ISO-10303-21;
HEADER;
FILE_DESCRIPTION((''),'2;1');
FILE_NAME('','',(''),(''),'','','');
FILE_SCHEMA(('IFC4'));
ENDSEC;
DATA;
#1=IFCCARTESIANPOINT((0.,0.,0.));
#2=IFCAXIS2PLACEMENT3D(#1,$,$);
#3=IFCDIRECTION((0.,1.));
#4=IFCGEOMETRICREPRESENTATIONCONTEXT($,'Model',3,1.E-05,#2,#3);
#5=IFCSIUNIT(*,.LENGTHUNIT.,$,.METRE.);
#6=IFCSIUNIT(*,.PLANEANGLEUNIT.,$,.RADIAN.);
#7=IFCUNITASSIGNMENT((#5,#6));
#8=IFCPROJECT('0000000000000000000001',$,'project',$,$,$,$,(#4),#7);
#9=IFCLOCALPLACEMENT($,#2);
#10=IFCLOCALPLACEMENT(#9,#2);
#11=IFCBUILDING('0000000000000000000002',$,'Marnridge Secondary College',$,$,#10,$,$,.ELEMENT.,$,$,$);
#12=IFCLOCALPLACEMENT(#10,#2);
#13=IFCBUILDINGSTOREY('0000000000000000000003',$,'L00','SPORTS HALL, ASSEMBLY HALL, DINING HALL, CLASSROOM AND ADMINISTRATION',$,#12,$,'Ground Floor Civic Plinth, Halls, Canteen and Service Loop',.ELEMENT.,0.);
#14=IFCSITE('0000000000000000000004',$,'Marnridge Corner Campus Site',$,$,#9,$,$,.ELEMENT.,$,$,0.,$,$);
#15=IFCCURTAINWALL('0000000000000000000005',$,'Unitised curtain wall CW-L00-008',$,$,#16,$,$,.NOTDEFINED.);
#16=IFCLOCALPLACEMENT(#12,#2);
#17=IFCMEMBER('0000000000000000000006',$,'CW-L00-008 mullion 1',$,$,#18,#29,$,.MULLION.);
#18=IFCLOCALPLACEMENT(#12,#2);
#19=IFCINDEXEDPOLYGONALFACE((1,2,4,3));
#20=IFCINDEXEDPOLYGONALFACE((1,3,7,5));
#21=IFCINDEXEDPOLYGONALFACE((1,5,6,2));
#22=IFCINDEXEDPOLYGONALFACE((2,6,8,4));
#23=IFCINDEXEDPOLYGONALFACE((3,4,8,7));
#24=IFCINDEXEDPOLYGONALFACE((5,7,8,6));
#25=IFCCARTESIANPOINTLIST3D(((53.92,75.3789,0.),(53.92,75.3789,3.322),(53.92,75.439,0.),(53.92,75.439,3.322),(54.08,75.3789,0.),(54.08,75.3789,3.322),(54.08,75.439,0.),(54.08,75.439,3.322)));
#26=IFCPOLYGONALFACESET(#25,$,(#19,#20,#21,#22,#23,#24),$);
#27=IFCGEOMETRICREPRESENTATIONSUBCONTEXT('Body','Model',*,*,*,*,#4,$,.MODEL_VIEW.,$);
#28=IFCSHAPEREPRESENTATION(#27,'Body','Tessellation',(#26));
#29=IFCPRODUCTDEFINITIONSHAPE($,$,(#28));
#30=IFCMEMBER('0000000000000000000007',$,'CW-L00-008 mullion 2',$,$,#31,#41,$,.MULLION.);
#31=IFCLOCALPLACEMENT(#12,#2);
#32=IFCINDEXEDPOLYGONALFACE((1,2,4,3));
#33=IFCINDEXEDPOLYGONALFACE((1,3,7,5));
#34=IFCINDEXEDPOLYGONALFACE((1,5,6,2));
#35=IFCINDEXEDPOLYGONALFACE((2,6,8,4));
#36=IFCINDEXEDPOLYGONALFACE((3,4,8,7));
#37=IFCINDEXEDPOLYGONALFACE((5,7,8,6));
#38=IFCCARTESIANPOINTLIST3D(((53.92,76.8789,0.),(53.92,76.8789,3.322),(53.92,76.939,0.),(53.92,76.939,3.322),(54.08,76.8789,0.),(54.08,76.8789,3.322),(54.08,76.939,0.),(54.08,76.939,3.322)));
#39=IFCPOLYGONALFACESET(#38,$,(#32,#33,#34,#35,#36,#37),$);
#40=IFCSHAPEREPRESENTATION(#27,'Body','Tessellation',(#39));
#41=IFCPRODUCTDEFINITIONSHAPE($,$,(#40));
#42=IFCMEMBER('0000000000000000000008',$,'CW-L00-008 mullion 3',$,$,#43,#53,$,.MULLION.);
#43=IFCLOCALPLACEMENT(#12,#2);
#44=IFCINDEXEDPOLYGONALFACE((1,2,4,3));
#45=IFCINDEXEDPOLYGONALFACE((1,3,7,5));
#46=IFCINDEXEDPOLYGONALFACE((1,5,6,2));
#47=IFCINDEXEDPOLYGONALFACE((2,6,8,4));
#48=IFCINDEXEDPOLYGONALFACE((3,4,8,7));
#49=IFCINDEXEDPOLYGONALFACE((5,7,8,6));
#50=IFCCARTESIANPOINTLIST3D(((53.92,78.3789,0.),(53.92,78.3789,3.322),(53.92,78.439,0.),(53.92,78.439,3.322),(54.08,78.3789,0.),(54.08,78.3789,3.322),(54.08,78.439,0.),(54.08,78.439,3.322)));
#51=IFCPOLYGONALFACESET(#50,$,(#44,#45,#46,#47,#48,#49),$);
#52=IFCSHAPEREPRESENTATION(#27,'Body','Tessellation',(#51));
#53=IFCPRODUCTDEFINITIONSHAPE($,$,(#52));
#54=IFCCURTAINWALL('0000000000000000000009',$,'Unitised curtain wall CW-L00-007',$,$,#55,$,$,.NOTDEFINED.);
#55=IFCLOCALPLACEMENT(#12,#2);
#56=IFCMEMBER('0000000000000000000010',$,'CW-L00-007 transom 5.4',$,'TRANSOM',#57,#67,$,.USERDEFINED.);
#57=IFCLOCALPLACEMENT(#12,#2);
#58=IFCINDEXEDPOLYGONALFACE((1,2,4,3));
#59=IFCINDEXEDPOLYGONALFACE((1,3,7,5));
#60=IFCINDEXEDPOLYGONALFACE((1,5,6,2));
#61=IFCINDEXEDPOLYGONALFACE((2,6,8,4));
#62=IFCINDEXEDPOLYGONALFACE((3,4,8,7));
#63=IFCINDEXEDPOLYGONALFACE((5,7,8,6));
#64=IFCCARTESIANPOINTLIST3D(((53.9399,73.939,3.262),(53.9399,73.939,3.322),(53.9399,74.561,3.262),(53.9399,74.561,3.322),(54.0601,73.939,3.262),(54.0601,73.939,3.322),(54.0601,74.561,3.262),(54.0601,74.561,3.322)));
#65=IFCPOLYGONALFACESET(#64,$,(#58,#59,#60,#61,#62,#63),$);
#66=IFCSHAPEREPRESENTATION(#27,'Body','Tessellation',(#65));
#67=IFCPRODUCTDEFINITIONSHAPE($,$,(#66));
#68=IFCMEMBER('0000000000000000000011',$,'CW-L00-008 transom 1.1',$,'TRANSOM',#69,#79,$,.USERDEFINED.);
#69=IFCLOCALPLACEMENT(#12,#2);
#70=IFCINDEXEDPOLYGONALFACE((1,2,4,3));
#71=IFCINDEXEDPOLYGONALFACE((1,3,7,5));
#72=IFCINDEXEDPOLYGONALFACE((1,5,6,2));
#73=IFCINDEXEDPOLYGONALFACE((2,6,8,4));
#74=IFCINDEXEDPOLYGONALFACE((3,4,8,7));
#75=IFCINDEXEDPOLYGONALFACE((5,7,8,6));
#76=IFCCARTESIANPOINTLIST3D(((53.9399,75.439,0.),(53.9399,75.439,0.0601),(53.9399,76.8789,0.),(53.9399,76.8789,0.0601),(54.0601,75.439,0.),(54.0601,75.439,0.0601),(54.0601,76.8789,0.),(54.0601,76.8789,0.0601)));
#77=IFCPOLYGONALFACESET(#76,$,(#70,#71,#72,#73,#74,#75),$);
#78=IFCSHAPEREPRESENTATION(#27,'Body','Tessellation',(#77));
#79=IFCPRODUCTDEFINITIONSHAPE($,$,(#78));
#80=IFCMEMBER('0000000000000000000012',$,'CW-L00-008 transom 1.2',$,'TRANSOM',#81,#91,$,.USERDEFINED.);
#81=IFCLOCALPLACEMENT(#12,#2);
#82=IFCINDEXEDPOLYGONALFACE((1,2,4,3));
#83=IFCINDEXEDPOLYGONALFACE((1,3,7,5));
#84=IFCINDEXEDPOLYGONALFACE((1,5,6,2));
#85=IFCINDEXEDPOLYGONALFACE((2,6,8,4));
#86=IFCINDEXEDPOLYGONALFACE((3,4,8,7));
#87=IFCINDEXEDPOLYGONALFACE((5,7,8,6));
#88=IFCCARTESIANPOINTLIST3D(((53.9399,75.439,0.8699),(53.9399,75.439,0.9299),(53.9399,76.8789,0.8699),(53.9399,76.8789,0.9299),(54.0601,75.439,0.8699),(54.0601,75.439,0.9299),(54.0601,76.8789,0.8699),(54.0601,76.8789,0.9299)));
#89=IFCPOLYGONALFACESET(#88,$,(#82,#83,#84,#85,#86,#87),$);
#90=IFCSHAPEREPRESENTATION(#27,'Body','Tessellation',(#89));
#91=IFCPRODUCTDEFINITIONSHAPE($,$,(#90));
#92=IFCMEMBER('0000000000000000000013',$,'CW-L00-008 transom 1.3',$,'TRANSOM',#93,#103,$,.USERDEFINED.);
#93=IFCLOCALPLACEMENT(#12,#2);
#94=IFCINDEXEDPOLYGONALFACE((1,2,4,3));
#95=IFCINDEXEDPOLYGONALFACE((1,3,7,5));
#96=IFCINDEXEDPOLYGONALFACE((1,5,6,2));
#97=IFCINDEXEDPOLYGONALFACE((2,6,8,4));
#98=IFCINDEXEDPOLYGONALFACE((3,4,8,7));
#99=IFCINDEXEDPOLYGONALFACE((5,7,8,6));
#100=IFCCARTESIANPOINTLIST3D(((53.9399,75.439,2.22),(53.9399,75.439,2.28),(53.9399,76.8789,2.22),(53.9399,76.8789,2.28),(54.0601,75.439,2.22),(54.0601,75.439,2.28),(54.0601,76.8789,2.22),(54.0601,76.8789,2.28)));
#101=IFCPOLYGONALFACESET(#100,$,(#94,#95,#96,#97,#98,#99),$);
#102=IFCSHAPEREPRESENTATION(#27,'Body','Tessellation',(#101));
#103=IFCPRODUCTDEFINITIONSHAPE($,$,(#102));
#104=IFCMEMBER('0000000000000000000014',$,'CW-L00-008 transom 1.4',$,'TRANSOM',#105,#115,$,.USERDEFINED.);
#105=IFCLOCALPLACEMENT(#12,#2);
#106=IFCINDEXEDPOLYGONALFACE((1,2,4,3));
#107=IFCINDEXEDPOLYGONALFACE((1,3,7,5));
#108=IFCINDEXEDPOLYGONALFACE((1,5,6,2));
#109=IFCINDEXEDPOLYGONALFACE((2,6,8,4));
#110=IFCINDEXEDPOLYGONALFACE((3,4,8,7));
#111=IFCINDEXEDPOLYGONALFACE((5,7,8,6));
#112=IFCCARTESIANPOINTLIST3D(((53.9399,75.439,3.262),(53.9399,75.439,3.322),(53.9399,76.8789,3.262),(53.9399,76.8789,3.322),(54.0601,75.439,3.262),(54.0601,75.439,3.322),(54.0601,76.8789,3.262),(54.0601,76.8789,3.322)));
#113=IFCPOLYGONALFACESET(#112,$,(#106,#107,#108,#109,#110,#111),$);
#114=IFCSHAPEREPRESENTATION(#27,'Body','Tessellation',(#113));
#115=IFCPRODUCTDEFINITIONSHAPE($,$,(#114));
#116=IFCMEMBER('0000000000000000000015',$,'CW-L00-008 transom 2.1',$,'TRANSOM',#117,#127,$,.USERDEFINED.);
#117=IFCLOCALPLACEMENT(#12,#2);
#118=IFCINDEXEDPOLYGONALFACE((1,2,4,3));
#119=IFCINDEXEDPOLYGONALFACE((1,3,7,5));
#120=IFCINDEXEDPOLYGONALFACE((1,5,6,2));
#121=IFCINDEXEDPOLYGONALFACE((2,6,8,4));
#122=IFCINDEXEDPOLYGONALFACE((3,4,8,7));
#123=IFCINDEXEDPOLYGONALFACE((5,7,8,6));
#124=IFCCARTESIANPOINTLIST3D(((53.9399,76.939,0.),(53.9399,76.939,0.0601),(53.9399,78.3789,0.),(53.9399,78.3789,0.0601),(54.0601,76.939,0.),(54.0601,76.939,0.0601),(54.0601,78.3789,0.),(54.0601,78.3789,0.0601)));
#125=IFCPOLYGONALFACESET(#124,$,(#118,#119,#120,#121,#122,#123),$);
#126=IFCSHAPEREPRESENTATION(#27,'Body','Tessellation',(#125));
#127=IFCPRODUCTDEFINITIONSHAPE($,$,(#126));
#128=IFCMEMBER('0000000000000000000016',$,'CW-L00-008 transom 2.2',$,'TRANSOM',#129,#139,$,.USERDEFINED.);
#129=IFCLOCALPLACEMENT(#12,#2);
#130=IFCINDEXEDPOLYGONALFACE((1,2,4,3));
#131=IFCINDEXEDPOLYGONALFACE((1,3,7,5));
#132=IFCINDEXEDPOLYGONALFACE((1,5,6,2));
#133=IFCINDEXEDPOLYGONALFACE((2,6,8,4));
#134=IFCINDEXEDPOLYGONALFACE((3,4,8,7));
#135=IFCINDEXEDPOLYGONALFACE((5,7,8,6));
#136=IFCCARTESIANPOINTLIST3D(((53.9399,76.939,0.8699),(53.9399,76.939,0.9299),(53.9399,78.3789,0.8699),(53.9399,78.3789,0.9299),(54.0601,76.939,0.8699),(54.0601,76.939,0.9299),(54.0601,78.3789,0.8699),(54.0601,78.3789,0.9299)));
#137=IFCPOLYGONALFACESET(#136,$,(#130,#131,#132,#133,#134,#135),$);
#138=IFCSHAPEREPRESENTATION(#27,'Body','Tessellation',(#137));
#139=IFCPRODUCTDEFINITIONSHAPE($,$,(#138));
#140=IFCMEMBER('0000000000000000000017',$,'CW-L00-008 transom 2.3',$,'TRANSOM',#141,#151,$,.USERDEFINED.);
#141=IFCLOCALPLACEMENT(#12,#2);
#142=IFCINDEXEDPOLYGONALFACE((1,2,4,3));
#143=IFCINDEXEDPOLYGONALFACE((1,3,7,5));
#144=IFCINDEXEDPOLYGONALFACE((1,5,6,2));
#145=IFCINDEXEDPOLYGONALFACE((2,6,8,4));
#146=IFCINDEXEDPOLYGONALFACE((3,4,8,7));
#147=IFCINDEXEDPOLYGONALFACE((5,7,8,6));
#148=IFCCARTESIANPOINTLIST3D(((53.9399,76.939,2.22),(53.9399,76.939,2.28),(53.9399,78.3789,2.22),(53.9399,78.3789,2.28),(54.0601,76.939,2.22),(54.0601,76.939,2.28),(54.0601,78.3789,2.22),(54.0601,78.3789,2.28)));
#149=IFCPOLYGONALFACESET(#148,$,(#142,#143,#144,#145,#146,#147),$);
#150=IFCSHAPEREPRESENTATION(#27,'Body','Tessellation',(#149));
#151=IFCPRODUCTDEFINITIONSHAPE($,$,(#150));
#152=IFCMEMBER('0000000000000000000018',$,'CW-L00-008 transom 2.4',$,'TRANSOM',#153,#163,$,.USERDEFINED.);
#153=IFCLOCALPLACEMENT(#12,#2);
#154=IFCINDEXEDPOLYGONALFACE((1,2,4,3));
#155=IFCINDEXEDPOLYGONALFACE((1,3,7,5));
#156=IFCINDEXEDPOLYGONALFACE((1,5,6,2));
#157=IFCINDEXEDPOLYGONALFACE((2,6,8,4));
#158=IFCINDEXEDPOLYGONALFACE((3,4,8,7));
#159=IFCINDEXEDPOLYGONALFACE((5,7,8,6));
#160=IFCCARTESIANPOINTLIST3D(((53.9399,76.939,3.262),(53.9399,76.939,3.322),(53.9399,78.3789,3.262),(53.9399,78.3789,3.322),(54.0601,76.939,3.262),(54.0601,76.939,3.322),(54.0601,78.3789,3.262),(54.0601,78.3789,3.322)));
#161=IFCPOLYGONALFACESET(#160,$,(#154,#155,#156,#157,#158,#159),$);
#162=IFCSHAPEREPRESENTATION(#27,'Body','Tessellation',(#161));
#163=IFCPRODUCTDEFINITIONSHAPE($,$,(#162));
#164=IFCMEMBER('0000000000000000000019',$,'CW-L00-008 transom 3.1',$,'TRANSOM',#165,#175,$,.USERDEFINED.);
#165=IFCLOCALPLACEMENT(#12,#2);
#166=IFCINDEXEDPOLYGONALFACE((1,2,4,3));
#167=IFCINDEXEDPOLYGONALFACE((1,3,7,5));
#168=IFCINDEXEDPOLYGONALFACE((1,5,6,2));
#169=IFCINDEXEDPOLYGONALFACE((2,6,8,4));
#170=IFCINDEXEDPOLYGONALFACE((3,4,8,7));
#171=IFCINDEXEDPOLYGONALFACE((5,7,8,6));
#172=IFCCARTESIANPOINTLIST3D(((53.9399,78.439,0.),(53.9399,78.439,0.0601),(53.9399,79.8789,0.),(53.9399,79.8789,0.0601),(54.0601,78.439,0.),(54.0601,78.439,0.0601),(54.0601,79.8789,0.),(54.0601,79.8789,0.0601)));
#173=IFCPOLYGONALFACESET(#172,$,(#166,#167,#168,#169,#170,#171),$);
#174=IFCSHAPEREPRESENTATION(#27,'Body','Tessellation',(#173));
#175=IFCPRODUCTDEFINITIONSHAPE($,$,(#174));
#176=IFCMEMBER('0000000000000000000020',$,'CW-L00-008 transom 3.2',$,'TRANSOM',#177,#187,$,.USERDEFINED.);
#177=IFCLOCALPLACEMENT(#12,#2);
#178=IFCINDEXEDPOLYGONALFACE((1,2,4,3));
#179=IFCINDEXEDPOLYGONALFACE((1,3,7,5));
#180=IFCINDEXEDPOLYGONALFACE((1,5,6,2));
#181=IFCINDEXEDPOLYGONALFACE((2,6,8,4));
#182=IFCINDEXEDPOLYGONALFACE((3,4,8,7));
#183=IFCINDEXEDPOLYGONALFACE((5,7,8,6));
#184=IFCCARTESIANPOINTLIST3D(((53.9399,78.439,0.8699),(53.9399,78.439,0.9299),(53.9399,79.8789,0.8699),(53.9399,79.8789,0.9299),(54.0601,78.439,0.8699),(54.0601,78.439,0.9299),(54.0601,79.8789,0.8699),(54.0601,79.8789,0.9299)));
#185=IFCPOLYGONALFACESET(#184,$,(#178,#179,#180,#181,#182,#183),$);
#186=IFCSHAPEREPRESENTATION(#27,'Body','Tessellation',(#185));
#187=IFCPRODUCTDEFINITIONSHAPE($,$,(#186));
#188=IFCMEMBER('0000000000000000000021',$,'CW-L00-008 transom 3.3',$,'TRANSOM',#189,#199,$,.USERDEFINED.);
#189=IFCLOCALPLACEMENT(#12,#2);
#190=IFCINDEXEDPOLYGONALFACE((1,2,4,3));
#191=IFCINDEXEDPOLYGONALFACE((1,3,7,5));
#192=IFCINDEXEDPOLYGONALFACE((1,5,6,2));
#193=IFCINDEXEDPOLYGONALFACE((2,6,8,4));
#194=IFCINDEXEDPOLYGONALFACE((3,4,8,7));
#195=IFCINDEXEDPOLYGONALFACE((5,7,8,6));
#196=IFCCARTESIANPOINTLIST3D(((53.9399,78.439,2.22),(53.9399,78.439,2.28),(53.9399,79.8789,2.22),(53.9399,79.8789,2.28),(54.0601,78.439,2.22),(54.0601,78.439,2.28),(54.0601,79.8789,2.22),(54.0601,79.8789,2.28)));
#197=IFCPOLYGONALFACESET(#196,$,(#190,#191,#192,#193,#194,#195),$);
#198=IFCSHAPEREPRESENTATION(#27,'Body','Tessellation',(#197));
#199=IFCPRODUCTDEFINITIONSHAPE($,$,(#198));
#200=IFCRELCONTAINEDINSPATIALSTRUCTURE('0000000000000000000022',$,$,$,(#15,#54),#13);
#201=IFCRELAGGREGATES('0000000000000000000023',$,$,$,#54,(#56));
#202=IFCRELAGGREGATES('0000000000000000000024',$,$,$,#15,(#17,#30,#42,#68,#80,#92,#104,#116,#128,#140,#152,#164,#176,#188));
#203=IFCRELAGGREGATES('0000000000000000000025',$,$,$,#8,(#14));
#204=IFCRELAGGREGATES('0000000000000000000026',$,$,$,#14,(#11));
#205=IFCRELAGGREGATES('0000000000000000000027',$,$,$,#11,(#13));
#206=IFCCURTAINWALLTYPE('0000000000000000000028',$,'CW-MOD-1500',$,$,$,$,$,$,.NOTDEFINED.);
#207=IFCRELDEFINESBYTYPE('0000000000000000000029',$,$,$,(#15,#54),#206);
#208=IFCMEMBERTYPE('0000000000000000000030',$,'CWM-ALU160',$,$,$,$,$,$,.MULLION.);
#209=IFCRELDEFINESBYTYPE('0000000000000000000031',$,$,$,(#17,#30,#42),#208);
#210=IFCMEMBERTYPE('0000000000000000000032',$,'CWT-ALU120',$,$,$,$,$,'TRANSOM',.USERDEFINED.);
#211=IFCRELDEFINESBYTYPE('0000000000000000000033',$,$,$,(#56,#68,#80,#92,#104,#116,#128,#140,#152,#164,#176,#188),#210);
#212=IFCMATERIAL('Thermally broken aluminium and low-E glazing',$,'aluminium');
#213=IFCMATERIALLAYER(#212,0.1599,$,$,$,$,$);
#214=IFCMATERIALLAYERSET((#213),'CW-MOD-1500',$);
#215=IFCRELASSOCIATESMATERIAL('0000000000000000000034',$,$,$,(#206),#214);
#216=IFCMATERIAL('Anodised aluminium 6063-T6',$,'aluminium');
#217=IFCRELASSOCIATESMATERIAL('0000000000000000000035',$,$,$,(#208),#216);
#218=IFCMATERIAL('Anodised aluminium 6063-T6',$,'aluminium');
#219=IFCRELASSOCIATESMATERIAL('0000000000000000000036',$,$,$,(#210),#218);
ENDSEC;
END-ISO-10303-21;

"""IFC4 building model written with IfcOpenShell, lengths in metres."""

from ifc_helpers import new_model, si_unit, direction, frame, origin, origin_2d, place, context, subcontext, project, spatial, rectangle, extrude, material, layer, layer_set, material_profile, profile_set, type_object, element, aggregate, save


model = new_model("IFC4")

# Units and contexts
model_context = context("Model", 3, precision=1e-05, world=origin(), true_north=direction((0.0, 1.0)))
body_context = subcontext(model_context, "Body", "Model", "MODEL_VIEW")
ifc_project = project(units=[si_unit("LENGTHUNIT", "METRE"), si_unit("PLANEANGLEUNIT", "RADIAN")], contexts=[model_context])

# Site, building, storey
site_placement = place(None, origin())
site = spatial("IfcSite", under=ifc_project, at=site_placement, Name="Marnridge Corner Campus Site", CompositionType="ELEMENT", RefElevation=0.0)
building_placement = place(site_placement, origin())
building = spatial("IfcBuilding", under=site, at=building_placement, Name="Marnridge Secondary College", CompositionType="ELEMENT")
storey_placement = place(building_placement, origin())
storey = spatial("IfcBuildingStorey", under=building, at=storey_placement, Name="L00", Description="SPORTS HALL, ASSEMBLY HALL, DINING HALL, CLASSROOM AND ADMINISTRATION", LongName="Ground Floor Civic Plinth, Halls, Canteen and Service Loop", CompositionType="ELEMENT", Elevation=0.0)

# Curtain wall, members
ifc_material_1 = material(Name="Thermally broken aluminium and low-E glazing", Category="aluminium")
ifc_layer_1 = layer(ifc_material_1, 0.1599)
ifc_layer_set_1 = layer_set([ifc_layer_1], Name="CW-MOD-1500")
curtain_wall_type = type_object("IfcCurtainWallType", Name="CW-MOD-1500", PredefinedType="NOTDEFINED", material=ifc_layer_set_1)
curtain_wall_1_placement = place(storey_placement, origin())
curtain_wall_1 = element("IfcCurtainWall", 1, at=curtain_wall_1_placement, inside=storey, type_object=curtain_wall_type, Name="Unitised curtain wall CW-L00-008", PredefinedType="NOTDEFINED")
ifc_material_2 = material(Name="Anodised aluminium 6063-T6", Category="aluminium")
ifc_material_profile_1 = material_profile(ifc_material_2, rectangle(XDim=0.0601, YDim=0.1599, at=origin_2d()), Name="ALU 60x160")
ifc_profile_set_1 = profile_set([ifc_material_profile_1], Name="Anodised aluminium 6063-T6")
member_type_1 = type_object("IfcMemberType", Name="CWM-ALU160", PredefinedType="MULLION", material=ifc_profile_set_1)
member_1_placement = place(storey_placement, frame((54.0, 75.4089, 0.0), z_axis=(0.0, 0.0, 1.0), x_axis=(0.0, 1.0, 0.0)))
member_1 = element("IfcMember", 2, at=member_1_placement, type_object=member_type_1, Name="CW-L00-008 mullion 1", PredefinedType="MULLION", context=body_context, shape_type="SweptSolid", body=[
    extrude(rectangle(XDim=0.0601, YDim=0.1599, at=origin_2d()), origin(), (0.0, 0.0, 1.0), 3.322),
])
member_2_placement = place(storey_placement, frame((54.0, 76.9089, 0.0), z_axis=(0.0, 0.0, 1.0), x_axis=(0.0, 1.0, 0.0)))
member_2 = element("IfcMember", 3, at=member_2_placement, type_object=member_type_1, Name="CW-L00-008 mullion 2", PredefinedType="MULLION", context=body_context, shape_type="SweptSolid", body=[
    extrude(rectangle(XDim=0.0601, YDim=0.1599, at=origin_2d()), origin(), (0.0, 0.0, 1.0), 3.322),
])
member_3_placement = place(storey_placement, frame((54.0, 78.4089, 0.0), z_axis=(0.0, 0.0, 1.0), x_axis=(0.0, 1.0, 0.0)))
member_3 = element("IfcMember", 4, at=member_3_placement, type_object=member_type_1, Name="CW-L00-008 mullion 3", PredefinedType="MULLION", context=body_context, shape_type="SweptSolid", body=[
    extrude(rectangle(XDim=0.0601, YDim=0.1599, at=origin_2d()), origin(), (0.0, 0.0, 1.0), 3.322),
])

# Curtain wall, member
curtain_wall_2_placement = place(storey_placement, origin())
curtain_wall_2 = element("IfcCurtainWall", 5, at=curtain_wall_2_placement, inside=storey, type_object=curtain_wall_type, Name="Unitised curtain wall CW-L00-007", PredefinedType="NOTDEFINED")
ifc_material_3 = material(Name="Anodised aluminium 6063-T6", Category="aluminium")
ifc_material_profile_2 = material_profile(ifc_material_3, rectangle(XDim=0.0601, YDim=0.1201, at=origin_2d()), Name="ALU 60x120")
ifc_profile_set_2 = profile_set([ifc_material_profile_2], Name="Anodised aluminium 6063-T6")
member_type_2 = type_object("IfcMemberType", Name="CWT-ALU120", ElementType="TRANSOM", PredefinedType="USERDEFINED", material=ifc_profile_set_2)
member_4_placement = place(storey_placement, frame((54.0, 73.939, 3.292), z_axis=(0.0, 1.0, 0.0), x_axis=(0.0, 0.0, 1.0)))
member_4 = element("IfcMember", 6, at=member_4_placement, type_object=member_type_2, Name="CW-L00-007 transom 5.4", ObjectType="TRANSOM", PredefinedType="USERDEFINED", context=body_context, shape_type="SweptSolid", body=[
    extrude(rectangle(XDim=0.0601, YDim=0.1201, at=origin_2d()), origin(), (0.0, 0.0, 1.0), 0.6221),
])

# Members
member_5_placement = place(storey_placement, frame((54.0, 75.439, 0.03), z_axis=(0.0, 1.0, 0.0), x_axis=(0.0, 0.0, 1.0)))
member_5 = element("IfcMember", 7, at=member_5_placement, type_object=member_type_2, Name="CW-L00-008 transom 1.1", ObjectType="TRANSOM", PredefinedType="USERDEFINED", context=body_context, shape_type="SweptSolid", body=[
    extrude(rectangle(XDim=0.0601, YDim=0.1201, at=origin_2d()), origin(), (0.0, 0.0, 1.0), 1.4399),
])
member_6_placement = place(storey_placement, frame((54.0, 75.439, 0.8999), z_axis=(0.0, 1.0, 0.0), x_axis=(0.0, 0.0, 1.0)))
member_6 = element("IfcMember", 8, at=member_6_placement, type_object=member_type_2, Name="CW-L00-008 transom 1.2", ObjectType="TRANSOM", PredefinedType="USERDEFINED", context=body_context, shape_type="SweptSolid", body=[
    extrude(rectangle(XDim=0.0601, YDim=0.1201, at=origin_2d()), origin(), (0.0, 0.0, 1.0), 1.4399),
])
member_7_placement = place(storey_placement, frame((54.0, 75.439, 2.25), z_axis=(0.0, 1.0, 0.0), x_axis=(0.0, 0.0, 1.0)))
member_7 = element("IfcMember", 9, at=member_7_placement, type_object=member_type_2, Name="CW-L00-008 transom 1.3", ObjectType="TRANSOM", PredefinedType="USERDEFINED", context=body_context, shape_type="SweptSolid", body=[
    extrude(rectangle(XDim=0.0601, YDim=0.1201, at=origin_2d()), origin(), (0.0, 0.0, 1.0), 1.4399),
])
member_8_placement = place(storey_placement, frame((54.0, 75.439, 3.292), z_axis=(0.0, 1.0, 0.0), x_axis=(0.0, 0.0, 1.0)))
member_8 = element("IfcMember", 10, at=member_8_placement, type_object=member_type_2, Name="CW-L00-008 transom 1.4", ObjectType="TRANSOM", PredefinedType="USERDEFINED", context=body_context, shape_type="SweptSolid", body=[
    extrude(rectangle(XDim=0.0601, YDim=0.1201, at=origin_2d()), origin(), (0.0, 0.0, 1.0), 1.4399),
])
member_9_placement = place(storey_placement, frame((54.0, 76.939, 0.03), z_axis=(0.0, 1.0, 0.0), x_axis=(0.0, 0.0, 1.0)))
member_9 = element("IfcMember", 11, at=member_9_placement, type_object=member_type_2, Name="CW-L00-008 transom 2.1", ObjectType="TRANSOM", PredefinedType="USERDEFINED", context=body_context, shape_type="SweptSolid", body=[
    extrude(rectangle(XDim=0.0601, YDim=0.1201, at=origin_2d()), origin(), (0.0, 0.0, 1.0), 1.4399),
])
member_10_placement = place(storey_placement, frame((54.0, 76.939, 0.8999), z_axis=(0.0, 1.0, 0.0), x_axis=(0.0, 0.0, 1.0)))
member_10 = element("IfcMember", 12, at=member_10_placement, type_object=member_type_2, Name="CW-L00-008 transom 2.2", ObjectType="TRANSOM", PredefinedType="USERDEFINED", context=body_context, shape_type="SweptSolid", body=[
    extrude(rectangle(XDim=0.0601, YDim=0.1201, at=origin_2d()), origin(), (0.0, 0.0, 1.0), 1.4399),
])
member_11_placement = place(storey_placement, frame((54.0, 76.939, 2.25), z_axis=(0.0, 1.0, 0.0), x_axis=(0.0, 0.0, 1.0)))
member_11 = element("IfcMember", 13, at=member_11_placement, type_object=member_type_2, Name="CW-L00-008 transom 2.3", ObjectType="TRANSOM", PredefinedType="USERDEFINED", context=body_context, shape_type="SweptSolid", body=[
    extrude(rectangle(XDim=0.0601, YDim=0.1201, at=origin_2d()), origin(), (0.0, 0.0, 1.0), 1.4399),
])
member_12_placement = place(storey_placement, frame((54.0, 76.939, 3.292), z_axis=(0.0, 1.0, 0.0), x_axis=(0.0, 0.0, 1.0)))
member_12 = element("IfcMember", 14, at=member_12_placement, type_object=member_type_2, Name="CW-L00-008 transom 2.4", ObjectType="TRANSOM", PredefinedType="USERDEFINED", context=body_context, shape_type="SweptSolid", body=[
    extrude(rectangle(XDim=0.0601, YDim=0.1201, at=origin_2d()), origin(), (0.0, 0.0, 1.0), 1.4399),
])
member_13_placement = place(storey_placement, frame((54.0, 78.439, 0.03), z_axis=(0.0, 1.0, 0.0), x_axis=(0.0, 0.0, 1.0)))
member_13 = element("IfcMember", 15, at=member_13_placement, type_object=member_type_2, Name="CW-L00-008 transom 3.1", ObjectType="TRANSOM", PredefinedType="USERDEFINED", context=body_context, shape_type="SweptSolid", body=[
    extrude(rectangle(XDim=0.0601, YDim=0.1201, at=origin_2d()), origin(), (0.0, 0.0, 1.0), 1.4399),
])
member_14_placement = place(storey_placement, frame((54.0, 78.439, 0.8999), z_axis=(0.0, 1.0, 0.0), x_axis=(0.0, 0.0, 1.0)))
member_14 = element("IfcMember", 16, at=member_14_placement, type_object=member_type_2, Name="CW-L00-008 transom 3.2", ObjectType="TRANSOM", PredefinedType="USERDEFINED", context=body_context, shape_type="SweptSolid", body=[
    extrude(rectangle(XDim=0.0601, YDim=0.1201, at=origin_2d()), origin(), (0.0, 0.0, 1.0), 1.4399),
])
member_15_placement = place(storey_placement, frame((54.0, 78.439, 2.25), z_axis=(0.0, 1.0, 0.0), x_axis=(0.0, 0.0, 1.0)))
member_15 = element("IfcMember", 17, at=member_15_placement, type_object=member_type_2, Name="CW-L00-008 transom 3.3", ObjectType="TRANSOM", PredefinedType="USERDEFINED", context=body_context, shape_type="SweptSolid", body=[
    extrude(rectangle(XDim=0.0601, YDim=0.1201, at=origin_2d()), origin(), (0.0, 0.0, 1.0), 1.4399),
])

aggregate(curtain_wall_2, [member_4])
aggregate(curtain_wall_1, [member_1, member_2, member_3, member_5, member_6, member_7, member_8, member_9, member_10, member_11, member_12, member_13, member_14, member_15])

save(model, "model.ifc")
